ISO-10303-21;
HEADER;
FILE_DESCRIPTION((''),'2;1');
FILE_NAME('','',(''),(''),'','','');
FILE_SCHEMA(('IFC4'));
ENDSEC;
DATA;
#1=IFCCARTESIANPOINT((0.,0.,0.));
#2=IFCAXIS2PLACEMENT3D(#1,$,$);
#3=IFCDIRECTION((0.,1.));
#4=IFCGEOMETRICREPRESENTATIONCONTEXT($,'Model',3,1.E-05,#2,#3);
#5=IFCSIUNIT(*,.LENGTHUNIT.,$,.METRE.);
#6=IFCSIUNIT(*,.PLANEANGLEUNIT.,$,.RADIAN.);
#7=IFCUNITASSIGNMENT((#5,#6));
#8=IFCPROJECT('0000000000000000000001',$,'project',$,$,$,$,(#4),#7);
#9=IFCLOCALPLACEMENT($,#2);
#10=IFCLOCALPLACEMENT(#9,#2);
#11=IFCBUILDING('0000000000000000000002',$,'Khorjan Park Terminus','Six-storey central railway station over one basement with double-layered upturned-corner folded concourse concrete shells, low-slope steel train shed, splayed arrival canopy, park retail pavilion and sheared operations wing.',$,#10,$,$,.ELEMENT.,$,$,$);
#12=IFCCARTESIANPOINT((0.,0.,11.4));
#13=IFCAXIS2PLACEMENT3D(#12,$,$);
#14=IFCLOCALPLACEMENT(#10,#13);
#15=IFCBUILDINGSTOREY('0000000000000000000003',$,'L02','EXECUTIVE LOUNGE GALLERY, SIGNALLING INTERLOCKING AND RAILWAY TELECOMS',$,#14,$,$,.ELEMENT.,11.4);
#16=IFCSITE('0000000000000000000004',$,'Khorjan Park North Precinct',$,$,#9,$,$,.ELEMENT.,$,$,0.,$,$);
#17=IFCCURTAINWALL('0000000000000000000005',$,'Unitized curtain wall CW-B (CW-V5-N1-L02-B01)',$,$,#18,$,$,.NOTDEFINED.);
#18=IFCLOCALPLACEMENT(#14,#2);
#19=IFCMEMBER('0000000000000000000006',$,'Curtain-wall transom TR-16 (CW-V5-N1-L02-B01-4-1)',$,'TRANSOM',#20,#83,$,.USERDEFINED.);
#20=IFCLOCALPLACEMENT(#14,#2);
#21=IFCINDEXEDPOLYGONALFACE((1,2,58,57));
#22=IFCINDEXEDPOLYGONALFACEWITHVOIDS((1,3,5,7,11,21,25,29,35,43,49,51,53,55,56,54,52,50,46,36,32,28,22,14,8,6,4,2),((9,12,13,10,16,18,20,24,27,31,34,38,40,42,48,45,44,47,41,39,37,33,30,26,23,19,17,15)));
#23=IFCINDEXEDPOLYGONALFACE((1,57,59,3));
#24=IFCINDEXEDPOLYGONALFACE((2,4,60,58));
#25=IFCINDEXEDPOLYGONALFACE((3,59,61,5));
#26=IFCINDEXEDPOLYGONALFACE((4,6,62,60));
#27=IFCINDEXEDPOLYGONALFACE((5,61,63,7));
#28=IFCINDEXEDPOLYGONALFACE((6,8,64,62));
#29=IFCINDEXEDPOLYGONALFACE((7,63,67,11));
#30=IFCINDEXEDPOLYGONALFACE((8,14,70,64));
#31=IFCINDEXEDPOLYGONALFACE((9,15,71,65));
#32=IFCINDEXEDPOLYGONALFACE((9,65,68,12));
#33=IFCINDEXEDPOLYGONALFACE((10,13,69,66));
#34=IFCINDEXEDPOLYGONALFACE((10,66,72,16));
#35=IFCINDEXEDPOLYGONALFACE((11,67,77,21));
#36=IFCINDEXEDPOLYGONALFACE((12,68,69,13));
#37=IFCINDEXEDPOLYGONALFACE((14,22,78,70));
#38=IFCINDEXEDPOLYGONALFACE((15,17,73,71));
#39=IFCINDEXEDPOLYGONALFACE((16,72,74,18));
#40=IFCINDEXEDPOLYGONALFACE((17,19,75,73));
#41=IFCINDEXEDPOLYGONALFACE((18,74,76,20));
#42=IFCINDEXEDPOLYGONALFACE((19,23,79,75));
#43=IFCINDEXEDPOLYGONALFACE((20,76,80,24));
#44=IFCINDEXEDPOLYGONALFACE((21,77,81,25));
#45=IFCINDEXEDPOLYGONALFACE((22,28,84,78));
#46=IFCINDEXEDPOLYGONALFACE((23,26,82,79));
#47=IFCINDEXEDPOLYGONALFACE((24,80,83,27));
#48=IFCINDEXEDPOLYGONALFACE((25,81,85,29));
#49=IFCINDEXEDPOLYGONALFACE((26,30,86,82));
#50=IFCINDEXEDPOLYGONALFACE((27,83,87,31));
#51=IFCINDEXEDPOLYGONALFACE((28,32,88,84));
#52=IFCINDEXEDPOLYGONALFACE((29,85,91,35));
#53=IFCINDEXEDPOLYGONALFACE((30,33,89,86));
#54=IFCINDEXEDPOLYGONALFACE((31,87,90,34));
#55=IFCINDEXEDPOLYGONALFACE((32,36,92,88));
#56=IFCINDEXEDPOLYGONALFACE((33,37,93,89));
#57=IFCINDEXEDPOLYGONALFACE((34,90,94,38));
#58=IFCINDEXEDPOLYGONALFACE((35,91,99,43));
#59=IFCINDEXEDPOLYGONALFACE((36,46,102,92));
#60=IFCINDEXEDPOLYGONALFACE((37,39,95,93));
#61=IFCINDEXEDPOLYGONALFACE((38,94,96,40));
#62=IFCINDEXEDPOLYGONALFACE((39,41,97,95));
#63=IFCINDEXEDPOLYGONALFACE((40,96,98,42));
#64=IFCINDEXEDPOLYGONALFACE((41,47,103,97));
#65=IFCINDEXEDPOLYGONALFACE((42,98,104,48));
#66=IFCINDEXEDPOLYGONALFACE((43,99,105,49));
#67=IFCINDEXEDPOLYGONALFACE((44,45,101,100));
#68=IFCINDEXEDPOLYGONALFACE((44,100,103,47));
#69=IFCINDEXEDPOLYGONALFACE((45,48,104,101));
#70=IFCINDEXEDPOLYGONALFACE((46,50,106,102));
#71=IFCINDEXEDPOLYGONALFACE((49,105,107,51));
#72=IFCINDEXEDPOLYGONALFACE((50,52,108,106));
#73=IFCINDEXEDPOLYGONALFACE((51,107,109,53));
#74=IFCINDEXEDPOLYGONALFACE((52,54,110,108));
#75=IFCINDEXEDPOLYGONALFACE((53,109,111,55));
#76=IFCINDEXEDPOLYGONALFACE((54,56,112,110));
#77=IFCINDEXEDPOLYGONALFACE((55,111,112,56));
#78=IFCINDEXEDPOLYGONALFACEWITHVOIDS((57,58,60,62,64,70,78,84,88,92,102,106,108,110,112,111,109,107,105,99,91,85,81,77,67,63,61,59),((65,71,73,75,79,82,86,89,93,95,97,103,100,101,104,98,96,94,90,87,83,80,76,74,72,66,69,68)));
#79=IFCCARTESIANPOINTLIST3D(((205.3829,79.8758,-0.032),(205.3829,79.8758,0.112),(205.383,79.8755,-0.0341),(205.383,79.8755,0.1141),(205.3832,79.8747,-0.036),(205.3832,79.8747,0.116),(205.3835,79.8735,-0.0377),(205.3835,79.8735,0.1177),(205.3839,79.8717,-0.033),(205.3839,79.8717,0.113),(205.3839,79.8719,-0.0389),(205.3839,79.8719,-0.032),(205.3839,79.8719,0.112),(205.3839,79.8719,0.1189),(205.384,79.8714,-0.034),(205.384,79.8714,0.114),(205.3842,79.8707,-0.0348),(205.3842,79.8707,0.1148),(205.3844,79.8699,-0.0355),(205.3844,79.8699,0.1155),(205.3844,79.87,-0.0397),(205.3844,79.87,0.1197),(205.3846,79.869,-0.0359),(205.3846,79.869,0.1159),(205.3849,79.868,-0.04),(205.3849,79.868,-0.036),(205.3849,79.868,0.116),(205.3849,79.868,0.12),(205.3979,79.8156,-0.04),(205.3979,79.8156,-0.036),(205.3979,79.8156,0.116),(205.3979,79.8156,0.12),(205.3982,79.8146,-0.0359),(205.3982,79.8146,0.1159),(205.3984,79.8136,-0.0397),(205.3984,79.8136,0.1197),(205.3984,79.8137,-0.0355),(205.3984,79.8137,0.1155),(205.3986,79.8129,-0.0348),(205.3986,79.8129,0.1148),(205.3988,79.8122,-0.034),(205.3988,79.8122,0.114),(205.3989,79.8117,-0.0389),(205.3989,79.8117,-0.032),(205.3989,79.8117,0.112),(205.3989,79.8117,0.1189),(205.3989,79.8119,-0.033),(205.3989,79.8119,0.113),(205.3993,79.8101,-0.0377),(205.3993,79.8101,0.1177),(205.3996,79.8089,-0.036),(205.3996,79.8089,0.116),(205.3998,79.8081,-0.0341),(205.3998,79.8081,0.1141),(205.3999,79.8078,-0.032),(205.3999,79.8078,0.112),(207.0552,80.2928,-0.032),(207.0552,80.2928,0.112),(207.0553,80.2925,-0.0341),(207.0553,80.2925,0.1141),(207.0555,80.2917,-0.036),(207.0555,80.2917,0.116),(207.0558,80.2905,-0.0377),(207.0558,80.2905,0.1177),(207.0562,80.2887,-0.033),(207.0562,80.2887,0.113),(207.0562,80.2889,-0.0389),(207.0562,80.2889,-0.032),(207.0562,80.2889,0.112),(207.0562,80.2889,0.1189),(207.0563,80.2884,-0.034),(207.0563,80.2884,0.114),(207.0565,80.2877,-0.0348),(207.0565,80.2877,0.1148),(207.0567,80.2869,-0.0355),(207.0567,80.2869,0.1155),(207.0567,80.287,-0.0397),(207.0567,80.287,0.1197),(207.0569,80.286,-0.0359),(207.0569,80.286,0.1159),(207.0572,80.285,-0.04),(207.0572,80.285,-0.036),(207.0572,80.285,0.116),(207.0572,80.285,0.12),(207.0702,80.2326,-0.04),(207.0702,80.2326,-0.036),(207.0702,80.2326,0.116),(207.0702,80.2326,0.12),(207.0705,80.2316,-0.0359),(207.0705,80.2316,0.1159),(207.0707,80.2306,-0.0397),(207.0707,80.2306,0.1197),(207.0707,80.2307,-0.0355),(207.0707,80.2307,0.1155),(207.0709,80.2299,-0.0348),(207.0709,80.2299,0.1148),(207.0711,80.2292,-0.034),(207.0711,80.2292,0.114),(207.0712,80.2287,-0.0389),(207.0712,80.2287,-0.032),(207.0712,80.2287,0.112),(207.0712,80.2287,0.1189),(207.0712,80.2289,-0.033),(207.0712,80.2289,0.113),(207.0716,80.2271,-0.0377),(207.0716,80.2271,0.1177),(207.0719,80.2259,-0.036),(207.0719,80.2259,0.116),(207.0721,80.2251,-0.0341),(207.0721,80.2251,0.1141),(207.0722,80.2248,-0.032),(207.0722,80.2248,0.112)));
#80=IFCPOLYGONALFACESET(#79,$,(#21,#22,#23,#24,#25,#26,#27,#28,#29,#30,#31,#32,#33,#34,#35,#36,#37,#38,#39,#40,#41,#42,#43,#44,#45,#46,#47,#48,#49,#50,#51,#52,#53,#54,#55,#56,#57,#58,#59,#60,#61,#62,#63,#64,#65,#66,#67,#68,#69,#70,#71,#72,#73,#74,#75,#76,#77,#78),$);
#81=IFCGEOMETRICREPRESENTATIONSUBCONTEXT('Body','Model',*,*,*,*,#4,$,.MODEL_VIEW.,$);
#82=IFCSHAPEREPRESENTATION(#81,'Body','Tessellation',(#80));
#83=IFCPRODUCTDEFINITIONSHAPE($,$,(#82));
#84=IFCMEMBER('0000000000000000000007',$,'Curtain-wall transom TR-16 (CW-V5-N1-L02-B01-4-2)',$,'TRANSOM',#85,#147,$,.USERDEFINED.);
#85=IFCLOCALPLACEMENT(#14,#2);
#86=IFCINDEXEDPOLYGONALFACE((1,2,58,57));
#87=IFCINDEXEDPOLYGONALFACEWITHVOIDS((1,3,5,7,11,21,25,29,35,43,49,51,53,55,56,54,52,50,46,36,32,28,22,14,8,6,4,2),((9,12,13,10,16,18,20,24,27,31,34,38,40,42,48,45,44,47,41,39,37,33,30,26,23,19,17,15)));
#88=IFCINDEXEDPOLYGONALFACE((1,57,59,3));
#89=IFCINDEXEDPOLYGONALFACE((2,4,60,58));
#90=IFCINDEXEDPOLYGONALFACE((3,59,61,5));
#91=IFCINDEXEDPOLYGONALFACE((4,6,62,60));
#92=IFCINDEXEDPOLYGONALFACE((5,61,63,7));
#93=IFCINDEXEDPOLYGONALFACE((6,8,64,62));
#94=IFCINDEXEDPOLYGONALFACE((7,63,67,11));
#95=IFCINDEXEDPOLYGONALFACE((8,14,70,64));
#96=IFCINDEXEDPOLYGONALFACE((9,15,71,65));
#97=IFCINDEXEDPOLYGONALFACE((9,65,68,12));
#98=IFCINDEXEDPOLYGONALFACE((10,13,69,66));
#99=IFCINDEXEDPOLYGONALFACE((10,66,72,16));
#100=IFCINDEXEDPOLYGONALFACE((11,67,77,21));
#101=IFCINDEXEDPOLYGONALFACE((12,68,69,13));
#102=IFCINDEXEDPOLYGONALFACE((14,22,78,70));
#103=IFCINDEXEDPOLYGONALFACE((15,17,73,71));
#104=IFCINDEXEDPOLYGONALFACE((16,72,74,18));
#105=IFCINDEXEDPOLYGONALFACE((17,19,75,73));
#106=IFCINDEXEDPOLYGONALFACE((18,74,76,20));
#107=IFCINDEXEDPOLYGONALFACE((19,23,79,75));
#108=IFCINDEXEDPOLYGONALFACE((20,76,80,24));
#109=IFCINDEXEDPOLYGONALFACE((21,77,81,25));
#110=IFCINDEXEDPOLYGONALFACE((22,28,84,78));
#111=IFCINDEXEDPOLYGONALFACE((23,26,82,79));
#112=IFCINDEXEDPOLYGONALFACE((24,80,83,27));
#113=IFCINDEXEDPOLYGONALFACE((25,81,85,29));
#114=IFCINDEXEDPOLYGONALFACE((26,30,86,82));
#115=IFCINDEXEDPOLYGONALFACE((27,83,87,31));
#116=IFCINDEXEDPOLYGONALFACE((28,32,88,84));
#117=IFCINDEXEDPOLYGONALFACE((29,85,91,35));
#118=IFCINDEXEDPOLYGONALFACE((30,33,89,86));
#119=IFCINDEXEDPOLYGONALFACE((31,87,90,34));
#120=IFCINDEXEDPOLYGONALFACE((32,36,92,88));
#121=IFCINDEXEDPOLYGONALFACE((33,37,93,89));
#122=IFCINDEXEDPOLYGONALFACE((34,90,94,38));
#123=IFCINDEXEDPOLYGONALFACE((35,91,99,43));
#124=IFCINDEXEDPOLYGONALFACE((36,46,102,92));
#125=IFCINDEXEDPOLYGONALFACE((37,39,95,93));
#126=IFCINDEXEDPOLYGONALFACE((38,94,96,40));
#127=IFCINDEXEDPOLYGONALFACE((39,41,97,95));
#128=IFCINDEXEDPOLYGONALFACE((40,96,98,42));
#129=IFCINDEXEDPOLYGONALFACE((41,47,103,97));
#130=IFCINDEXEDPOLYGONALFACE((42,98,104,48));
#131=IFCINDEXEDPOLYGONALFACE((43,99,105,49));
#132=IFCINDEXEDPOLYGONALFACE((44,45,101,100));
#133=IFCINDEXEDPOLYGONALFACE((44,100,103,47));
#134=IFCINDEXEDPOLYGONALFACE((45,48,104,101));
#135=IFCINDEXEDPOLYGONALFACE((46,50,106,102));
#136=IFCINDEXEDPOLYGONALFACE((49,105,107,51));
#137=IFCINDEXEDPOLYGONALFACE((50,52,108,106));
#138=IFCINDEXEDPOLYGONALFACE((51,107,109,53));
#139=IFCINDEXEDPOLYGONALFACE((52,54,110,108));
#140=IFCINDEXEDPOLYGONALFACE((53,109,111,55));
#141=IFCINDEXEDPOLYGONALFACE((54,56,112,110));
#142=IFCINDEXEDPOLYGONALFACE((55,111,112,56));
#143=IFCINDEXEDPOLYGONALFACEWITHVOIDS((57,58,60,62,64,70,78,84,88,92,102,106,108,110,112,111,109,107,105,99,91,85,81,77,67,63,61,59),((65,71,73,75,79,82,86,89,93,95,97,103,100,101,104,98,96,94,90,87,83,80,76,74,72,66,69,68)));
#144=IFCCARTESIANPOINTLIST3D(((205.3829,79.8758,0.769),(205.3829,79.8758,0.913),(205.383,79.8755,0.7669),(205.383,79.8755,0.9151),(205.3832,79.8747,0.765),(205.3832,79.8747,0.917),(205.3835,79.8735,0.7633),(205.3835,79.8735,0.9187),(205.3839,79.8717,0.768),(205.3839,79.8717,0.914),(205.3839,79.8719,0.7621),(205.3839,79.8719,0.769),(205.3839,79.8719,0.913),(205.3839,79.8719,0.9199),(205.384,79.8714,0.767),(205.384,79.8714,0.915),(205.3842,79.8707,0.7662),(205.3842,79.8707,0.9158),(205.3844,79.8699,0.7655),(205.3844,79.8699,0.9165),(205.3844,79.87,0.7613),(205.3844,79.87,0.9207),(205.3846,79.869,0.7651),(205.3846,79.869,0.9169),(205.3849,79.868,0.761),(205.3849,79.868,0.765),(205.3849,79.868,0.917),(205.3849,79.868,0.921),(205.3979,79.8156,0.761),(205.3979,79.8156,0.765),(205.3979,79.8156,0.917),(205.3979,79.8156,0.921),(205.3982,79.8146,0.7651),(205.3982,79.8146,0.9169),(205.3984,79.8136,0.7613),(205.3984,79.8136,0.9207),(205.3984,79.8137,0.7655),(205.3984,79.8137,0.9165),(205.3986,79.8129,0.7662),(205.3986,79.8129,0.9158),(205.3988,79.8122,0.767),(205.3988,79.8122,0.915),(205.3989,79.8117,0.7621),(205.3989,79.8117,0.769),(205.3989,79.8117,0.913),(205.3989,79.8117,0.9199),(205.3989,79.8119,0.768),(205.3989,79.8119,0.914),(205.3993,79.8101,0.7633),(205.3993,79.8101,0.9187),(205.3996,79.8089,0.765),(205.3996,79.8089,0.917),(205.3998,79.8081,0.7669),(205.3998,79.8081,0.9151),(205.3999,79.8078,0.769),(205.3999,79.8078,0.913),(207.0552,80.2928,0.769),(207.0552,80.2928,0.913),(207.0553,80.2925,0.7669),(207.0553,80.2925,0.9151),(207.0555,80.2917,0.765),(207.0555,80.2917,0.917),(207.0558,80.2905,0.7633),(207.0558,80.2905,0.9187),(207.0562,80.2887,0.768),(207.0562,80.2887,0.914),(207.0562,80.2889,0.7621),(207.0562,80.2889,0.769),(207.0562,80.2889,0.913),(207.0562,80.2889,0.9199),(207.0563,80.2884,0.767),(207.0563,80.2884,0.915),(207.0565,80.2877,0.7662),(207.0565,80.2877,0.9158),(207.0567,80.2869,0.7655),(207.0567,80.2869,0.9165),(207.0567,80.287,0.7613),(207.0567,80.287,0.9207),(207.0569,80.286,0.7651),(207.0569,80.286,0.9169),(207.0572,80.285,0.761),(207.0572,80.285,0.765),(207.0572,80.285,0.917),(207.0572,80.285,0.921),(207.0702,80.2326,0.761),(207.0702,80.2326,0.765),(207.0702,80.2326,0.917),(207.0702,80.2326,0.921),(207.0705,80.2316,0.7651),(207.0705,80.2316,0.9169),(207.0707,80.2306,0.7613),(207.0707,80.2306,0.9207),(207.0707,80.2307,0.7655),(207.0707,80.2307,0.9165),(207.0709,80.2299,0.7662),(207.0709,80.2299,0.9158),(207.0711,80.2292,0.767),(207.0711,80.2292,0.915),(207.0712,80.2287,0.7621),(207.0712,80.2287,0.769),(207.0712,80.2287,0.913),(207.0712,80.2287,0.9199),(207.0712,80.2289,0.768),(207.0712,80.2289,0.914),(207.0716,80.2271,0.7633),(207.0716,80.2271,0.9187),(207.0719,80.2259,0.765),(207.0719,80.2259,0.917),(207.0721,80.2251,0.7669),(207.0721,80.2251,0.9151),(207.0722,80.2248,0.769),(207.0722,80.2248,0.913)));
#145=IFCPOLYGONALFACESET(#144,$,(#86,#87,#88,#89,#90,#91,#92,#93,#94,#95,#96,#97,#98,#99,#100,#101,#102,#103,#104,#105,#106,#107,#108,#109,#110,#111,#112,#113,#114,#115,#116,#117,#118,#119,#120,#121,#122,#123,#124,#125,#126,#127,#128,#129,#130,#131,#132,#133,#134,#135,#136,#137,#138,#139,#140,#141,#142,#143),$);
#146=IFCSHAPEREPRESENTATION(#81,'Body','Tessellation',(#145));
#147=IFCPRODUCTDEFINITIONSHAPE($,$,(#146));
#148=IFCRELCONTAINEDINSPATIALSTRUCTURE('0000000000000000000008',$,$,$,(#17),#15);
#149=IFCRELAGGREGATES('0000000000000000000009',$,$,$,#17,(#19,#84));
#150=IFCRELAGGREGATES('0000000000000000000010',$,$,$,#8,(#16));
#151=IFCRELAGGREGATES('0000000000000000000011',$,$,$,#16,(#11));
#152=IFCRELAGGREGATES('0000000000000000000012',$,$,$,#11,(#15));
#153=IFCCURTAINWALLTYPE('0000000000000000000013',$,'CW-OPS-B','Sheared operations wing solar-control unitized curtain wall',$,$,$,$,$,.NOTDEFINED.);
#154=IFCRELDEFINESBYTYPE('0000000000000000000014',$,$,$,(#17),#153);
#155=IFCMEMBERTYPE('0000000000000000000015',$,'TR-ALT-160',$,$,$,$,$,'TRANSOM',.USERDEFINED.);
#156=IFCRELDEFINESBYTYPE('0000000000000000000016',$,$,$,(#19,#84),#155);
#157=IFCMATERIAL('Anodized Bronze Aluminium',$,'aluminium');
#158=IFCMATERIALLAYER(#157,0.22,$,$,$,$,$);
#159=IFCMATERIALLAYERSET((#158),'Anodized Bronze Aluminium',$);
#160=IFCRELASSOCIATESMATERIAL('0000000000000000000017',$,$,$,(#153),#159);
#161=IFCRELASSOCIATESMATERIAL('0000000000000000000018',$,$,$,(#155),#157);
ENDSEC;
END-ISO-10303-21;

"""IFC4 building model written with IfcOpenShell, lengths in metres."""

from ifc_helpers import new_model, si_unit, direction, frame, origin, origin_2d, place, context, subcontext, project, spatial, hollow_rectangle, extrude, material, layer, layer_set, material_profile, profile_set, type_object, element, aggregate, save


model = new_model("IFC4")

# Units and contexts
model_context = context("Model", 3, precision=1e-05, world=origin(), true_north=direction((0.0, 1.0)))
body_context = subcontext(model_context, "Body", "Model", "MODEL_VIEW")
ifc_project = project(units=[si_unit("LENGTHUNIT", "METRE"), si_unit("PLANEANGLEUNIT", "RADIAN")], contexts=[model_context])

# Site, building, storey
site_placement = place(None, origin())
site = spatial("IfcSite", under=ifc_project, at=site_placement, Name="Khorjan Park North Precinct", CompositionType="ELEMENT", RefElevation=0.0)
building_placement = place(site_placement, origin())
building = spatial("IfcBuilding", under=site, at=building_placement, Name="Khorjan Park Terminus", Description="Six-storey central railway station over one basement with double-layered upturned-corner folded concourse concrete shells, low-slope steel train shed, splayed arrival canopy, park retail pavilion and sheared operations wing.", CompositionType="ELEMENT")
storey_placement = place(building_placement, frame((0.0, 0.0, 11.4)))
storey = spatial("IfcBuildingStorey", under=building, at=storey_placement, Name="L02", Description="EXECUTIVE LOUNGE GALLERY, SIGNALLING INTERLOCKING AND RAILWAY TELECOMS", CompositionType="ELEMENT", Elevation=11.4)

# Curtain wall, members
ifc_material_1 = material(Name="Anodized Bronze Aluminium", Category="aluminium")
ifc_layer_1 = layer(ifc_material_1, 0.22)
ifc_layer_set_1 = layer_set([ifc_layer_1], Name="Anodized Bronze Aluminium")
curtain_wall_type = type_object("IfcCurtainWallType", Name="CW-OPS-B", Description="Sheared operations wing solar-control unitized curtain wall", PredefinedType="NOTDEFINED", material=ifc_layer_set_1)
curtain_wall_placement = place(storey_placement, origin())
curtain_wall = element("IfcCurtainWall", 1, at=curtain_wall_placement, inside=storey, type_object=curtain_wall_type, Name="Unitized curtain wall CW-B (CW-V5-N1-L02-B01)", PredefinedType="NOTDEFINED")
ifc_material_profile_1 = material_profile(ifc_material_1, hollow_rectangle(XDim=0.07, YDim=0.16, WallThickness=0.004, InnerFilletRadius=0.004, OuterFilletRadius=0.008, at=origin_2d()), Name="ALT 70x160x4")
ifc_profile_set_1 = profile_set([ifc_material_profile_1], Name="Anodized Bronze Aluminium")
member_type_1 = type_object("IfcMemberType", Name="TR-ALT-160", ElementType="TRANSOM", PredefinedType="USERDEFINED", material=ifc_profile_set_1)
member_1_placement = place(storey_placement, frame((207.0637, 80.2588, 0.04), z_axis=(-0.970289, -0.241949, 0.0), x_axis=(0.241949, -0.970289, 0.0)))
member_1 = element("IfcMember", 2, at=member_1_placement, type_object=member_type_1, Name="Curtain-wall transom TR-16 (CW-V5-N1-L02-B01-4-1)", ObjectType="TRANSOM", PredefinedType="USERDEFINED", context=body_context, shape_type="SweptSolid", body=[
    extrude(hollow_rectangle(XDim=0.07, YDim=0.16, WallThickness=0.004, InnerFilletRadius=0.004, OuterFilletRadius=0.008, at=origin_2d()), origin(), (0.0, 0.0, 1.0), 1.7235),
])
member_2_placement = place(storey_placement, frame((207.0637, 80.2588, 0.841), z_axis=(-0.970289, -0.241949, 0.0), x_axis=(0.241949, -0.970289, 0.0)))
member_2 = element("IfcMember", 3, at=member_2_placement, type_object=member_type_1, Name="Curtain-wall transom TR-16 (CW-V5-N1-L02-B01-4-2)", ObjectType="TRANSOM", PredefinedType="USERDEFINED", context=body_context, shape_type="SweptSolid", body=[
    extrude(hollow_rectangle(XDim=0.07, YDim=0.16, WallThickness=0.004, InnerFilletRadius=0.004, OuterFilletRadius=0.008, at=origin_2d()), origin(), (0.0, 0.0, 1.0), 1.7235),
])
aggregate(curtain_wall, [member_1, member_2])

save(model, "model.ifc")
